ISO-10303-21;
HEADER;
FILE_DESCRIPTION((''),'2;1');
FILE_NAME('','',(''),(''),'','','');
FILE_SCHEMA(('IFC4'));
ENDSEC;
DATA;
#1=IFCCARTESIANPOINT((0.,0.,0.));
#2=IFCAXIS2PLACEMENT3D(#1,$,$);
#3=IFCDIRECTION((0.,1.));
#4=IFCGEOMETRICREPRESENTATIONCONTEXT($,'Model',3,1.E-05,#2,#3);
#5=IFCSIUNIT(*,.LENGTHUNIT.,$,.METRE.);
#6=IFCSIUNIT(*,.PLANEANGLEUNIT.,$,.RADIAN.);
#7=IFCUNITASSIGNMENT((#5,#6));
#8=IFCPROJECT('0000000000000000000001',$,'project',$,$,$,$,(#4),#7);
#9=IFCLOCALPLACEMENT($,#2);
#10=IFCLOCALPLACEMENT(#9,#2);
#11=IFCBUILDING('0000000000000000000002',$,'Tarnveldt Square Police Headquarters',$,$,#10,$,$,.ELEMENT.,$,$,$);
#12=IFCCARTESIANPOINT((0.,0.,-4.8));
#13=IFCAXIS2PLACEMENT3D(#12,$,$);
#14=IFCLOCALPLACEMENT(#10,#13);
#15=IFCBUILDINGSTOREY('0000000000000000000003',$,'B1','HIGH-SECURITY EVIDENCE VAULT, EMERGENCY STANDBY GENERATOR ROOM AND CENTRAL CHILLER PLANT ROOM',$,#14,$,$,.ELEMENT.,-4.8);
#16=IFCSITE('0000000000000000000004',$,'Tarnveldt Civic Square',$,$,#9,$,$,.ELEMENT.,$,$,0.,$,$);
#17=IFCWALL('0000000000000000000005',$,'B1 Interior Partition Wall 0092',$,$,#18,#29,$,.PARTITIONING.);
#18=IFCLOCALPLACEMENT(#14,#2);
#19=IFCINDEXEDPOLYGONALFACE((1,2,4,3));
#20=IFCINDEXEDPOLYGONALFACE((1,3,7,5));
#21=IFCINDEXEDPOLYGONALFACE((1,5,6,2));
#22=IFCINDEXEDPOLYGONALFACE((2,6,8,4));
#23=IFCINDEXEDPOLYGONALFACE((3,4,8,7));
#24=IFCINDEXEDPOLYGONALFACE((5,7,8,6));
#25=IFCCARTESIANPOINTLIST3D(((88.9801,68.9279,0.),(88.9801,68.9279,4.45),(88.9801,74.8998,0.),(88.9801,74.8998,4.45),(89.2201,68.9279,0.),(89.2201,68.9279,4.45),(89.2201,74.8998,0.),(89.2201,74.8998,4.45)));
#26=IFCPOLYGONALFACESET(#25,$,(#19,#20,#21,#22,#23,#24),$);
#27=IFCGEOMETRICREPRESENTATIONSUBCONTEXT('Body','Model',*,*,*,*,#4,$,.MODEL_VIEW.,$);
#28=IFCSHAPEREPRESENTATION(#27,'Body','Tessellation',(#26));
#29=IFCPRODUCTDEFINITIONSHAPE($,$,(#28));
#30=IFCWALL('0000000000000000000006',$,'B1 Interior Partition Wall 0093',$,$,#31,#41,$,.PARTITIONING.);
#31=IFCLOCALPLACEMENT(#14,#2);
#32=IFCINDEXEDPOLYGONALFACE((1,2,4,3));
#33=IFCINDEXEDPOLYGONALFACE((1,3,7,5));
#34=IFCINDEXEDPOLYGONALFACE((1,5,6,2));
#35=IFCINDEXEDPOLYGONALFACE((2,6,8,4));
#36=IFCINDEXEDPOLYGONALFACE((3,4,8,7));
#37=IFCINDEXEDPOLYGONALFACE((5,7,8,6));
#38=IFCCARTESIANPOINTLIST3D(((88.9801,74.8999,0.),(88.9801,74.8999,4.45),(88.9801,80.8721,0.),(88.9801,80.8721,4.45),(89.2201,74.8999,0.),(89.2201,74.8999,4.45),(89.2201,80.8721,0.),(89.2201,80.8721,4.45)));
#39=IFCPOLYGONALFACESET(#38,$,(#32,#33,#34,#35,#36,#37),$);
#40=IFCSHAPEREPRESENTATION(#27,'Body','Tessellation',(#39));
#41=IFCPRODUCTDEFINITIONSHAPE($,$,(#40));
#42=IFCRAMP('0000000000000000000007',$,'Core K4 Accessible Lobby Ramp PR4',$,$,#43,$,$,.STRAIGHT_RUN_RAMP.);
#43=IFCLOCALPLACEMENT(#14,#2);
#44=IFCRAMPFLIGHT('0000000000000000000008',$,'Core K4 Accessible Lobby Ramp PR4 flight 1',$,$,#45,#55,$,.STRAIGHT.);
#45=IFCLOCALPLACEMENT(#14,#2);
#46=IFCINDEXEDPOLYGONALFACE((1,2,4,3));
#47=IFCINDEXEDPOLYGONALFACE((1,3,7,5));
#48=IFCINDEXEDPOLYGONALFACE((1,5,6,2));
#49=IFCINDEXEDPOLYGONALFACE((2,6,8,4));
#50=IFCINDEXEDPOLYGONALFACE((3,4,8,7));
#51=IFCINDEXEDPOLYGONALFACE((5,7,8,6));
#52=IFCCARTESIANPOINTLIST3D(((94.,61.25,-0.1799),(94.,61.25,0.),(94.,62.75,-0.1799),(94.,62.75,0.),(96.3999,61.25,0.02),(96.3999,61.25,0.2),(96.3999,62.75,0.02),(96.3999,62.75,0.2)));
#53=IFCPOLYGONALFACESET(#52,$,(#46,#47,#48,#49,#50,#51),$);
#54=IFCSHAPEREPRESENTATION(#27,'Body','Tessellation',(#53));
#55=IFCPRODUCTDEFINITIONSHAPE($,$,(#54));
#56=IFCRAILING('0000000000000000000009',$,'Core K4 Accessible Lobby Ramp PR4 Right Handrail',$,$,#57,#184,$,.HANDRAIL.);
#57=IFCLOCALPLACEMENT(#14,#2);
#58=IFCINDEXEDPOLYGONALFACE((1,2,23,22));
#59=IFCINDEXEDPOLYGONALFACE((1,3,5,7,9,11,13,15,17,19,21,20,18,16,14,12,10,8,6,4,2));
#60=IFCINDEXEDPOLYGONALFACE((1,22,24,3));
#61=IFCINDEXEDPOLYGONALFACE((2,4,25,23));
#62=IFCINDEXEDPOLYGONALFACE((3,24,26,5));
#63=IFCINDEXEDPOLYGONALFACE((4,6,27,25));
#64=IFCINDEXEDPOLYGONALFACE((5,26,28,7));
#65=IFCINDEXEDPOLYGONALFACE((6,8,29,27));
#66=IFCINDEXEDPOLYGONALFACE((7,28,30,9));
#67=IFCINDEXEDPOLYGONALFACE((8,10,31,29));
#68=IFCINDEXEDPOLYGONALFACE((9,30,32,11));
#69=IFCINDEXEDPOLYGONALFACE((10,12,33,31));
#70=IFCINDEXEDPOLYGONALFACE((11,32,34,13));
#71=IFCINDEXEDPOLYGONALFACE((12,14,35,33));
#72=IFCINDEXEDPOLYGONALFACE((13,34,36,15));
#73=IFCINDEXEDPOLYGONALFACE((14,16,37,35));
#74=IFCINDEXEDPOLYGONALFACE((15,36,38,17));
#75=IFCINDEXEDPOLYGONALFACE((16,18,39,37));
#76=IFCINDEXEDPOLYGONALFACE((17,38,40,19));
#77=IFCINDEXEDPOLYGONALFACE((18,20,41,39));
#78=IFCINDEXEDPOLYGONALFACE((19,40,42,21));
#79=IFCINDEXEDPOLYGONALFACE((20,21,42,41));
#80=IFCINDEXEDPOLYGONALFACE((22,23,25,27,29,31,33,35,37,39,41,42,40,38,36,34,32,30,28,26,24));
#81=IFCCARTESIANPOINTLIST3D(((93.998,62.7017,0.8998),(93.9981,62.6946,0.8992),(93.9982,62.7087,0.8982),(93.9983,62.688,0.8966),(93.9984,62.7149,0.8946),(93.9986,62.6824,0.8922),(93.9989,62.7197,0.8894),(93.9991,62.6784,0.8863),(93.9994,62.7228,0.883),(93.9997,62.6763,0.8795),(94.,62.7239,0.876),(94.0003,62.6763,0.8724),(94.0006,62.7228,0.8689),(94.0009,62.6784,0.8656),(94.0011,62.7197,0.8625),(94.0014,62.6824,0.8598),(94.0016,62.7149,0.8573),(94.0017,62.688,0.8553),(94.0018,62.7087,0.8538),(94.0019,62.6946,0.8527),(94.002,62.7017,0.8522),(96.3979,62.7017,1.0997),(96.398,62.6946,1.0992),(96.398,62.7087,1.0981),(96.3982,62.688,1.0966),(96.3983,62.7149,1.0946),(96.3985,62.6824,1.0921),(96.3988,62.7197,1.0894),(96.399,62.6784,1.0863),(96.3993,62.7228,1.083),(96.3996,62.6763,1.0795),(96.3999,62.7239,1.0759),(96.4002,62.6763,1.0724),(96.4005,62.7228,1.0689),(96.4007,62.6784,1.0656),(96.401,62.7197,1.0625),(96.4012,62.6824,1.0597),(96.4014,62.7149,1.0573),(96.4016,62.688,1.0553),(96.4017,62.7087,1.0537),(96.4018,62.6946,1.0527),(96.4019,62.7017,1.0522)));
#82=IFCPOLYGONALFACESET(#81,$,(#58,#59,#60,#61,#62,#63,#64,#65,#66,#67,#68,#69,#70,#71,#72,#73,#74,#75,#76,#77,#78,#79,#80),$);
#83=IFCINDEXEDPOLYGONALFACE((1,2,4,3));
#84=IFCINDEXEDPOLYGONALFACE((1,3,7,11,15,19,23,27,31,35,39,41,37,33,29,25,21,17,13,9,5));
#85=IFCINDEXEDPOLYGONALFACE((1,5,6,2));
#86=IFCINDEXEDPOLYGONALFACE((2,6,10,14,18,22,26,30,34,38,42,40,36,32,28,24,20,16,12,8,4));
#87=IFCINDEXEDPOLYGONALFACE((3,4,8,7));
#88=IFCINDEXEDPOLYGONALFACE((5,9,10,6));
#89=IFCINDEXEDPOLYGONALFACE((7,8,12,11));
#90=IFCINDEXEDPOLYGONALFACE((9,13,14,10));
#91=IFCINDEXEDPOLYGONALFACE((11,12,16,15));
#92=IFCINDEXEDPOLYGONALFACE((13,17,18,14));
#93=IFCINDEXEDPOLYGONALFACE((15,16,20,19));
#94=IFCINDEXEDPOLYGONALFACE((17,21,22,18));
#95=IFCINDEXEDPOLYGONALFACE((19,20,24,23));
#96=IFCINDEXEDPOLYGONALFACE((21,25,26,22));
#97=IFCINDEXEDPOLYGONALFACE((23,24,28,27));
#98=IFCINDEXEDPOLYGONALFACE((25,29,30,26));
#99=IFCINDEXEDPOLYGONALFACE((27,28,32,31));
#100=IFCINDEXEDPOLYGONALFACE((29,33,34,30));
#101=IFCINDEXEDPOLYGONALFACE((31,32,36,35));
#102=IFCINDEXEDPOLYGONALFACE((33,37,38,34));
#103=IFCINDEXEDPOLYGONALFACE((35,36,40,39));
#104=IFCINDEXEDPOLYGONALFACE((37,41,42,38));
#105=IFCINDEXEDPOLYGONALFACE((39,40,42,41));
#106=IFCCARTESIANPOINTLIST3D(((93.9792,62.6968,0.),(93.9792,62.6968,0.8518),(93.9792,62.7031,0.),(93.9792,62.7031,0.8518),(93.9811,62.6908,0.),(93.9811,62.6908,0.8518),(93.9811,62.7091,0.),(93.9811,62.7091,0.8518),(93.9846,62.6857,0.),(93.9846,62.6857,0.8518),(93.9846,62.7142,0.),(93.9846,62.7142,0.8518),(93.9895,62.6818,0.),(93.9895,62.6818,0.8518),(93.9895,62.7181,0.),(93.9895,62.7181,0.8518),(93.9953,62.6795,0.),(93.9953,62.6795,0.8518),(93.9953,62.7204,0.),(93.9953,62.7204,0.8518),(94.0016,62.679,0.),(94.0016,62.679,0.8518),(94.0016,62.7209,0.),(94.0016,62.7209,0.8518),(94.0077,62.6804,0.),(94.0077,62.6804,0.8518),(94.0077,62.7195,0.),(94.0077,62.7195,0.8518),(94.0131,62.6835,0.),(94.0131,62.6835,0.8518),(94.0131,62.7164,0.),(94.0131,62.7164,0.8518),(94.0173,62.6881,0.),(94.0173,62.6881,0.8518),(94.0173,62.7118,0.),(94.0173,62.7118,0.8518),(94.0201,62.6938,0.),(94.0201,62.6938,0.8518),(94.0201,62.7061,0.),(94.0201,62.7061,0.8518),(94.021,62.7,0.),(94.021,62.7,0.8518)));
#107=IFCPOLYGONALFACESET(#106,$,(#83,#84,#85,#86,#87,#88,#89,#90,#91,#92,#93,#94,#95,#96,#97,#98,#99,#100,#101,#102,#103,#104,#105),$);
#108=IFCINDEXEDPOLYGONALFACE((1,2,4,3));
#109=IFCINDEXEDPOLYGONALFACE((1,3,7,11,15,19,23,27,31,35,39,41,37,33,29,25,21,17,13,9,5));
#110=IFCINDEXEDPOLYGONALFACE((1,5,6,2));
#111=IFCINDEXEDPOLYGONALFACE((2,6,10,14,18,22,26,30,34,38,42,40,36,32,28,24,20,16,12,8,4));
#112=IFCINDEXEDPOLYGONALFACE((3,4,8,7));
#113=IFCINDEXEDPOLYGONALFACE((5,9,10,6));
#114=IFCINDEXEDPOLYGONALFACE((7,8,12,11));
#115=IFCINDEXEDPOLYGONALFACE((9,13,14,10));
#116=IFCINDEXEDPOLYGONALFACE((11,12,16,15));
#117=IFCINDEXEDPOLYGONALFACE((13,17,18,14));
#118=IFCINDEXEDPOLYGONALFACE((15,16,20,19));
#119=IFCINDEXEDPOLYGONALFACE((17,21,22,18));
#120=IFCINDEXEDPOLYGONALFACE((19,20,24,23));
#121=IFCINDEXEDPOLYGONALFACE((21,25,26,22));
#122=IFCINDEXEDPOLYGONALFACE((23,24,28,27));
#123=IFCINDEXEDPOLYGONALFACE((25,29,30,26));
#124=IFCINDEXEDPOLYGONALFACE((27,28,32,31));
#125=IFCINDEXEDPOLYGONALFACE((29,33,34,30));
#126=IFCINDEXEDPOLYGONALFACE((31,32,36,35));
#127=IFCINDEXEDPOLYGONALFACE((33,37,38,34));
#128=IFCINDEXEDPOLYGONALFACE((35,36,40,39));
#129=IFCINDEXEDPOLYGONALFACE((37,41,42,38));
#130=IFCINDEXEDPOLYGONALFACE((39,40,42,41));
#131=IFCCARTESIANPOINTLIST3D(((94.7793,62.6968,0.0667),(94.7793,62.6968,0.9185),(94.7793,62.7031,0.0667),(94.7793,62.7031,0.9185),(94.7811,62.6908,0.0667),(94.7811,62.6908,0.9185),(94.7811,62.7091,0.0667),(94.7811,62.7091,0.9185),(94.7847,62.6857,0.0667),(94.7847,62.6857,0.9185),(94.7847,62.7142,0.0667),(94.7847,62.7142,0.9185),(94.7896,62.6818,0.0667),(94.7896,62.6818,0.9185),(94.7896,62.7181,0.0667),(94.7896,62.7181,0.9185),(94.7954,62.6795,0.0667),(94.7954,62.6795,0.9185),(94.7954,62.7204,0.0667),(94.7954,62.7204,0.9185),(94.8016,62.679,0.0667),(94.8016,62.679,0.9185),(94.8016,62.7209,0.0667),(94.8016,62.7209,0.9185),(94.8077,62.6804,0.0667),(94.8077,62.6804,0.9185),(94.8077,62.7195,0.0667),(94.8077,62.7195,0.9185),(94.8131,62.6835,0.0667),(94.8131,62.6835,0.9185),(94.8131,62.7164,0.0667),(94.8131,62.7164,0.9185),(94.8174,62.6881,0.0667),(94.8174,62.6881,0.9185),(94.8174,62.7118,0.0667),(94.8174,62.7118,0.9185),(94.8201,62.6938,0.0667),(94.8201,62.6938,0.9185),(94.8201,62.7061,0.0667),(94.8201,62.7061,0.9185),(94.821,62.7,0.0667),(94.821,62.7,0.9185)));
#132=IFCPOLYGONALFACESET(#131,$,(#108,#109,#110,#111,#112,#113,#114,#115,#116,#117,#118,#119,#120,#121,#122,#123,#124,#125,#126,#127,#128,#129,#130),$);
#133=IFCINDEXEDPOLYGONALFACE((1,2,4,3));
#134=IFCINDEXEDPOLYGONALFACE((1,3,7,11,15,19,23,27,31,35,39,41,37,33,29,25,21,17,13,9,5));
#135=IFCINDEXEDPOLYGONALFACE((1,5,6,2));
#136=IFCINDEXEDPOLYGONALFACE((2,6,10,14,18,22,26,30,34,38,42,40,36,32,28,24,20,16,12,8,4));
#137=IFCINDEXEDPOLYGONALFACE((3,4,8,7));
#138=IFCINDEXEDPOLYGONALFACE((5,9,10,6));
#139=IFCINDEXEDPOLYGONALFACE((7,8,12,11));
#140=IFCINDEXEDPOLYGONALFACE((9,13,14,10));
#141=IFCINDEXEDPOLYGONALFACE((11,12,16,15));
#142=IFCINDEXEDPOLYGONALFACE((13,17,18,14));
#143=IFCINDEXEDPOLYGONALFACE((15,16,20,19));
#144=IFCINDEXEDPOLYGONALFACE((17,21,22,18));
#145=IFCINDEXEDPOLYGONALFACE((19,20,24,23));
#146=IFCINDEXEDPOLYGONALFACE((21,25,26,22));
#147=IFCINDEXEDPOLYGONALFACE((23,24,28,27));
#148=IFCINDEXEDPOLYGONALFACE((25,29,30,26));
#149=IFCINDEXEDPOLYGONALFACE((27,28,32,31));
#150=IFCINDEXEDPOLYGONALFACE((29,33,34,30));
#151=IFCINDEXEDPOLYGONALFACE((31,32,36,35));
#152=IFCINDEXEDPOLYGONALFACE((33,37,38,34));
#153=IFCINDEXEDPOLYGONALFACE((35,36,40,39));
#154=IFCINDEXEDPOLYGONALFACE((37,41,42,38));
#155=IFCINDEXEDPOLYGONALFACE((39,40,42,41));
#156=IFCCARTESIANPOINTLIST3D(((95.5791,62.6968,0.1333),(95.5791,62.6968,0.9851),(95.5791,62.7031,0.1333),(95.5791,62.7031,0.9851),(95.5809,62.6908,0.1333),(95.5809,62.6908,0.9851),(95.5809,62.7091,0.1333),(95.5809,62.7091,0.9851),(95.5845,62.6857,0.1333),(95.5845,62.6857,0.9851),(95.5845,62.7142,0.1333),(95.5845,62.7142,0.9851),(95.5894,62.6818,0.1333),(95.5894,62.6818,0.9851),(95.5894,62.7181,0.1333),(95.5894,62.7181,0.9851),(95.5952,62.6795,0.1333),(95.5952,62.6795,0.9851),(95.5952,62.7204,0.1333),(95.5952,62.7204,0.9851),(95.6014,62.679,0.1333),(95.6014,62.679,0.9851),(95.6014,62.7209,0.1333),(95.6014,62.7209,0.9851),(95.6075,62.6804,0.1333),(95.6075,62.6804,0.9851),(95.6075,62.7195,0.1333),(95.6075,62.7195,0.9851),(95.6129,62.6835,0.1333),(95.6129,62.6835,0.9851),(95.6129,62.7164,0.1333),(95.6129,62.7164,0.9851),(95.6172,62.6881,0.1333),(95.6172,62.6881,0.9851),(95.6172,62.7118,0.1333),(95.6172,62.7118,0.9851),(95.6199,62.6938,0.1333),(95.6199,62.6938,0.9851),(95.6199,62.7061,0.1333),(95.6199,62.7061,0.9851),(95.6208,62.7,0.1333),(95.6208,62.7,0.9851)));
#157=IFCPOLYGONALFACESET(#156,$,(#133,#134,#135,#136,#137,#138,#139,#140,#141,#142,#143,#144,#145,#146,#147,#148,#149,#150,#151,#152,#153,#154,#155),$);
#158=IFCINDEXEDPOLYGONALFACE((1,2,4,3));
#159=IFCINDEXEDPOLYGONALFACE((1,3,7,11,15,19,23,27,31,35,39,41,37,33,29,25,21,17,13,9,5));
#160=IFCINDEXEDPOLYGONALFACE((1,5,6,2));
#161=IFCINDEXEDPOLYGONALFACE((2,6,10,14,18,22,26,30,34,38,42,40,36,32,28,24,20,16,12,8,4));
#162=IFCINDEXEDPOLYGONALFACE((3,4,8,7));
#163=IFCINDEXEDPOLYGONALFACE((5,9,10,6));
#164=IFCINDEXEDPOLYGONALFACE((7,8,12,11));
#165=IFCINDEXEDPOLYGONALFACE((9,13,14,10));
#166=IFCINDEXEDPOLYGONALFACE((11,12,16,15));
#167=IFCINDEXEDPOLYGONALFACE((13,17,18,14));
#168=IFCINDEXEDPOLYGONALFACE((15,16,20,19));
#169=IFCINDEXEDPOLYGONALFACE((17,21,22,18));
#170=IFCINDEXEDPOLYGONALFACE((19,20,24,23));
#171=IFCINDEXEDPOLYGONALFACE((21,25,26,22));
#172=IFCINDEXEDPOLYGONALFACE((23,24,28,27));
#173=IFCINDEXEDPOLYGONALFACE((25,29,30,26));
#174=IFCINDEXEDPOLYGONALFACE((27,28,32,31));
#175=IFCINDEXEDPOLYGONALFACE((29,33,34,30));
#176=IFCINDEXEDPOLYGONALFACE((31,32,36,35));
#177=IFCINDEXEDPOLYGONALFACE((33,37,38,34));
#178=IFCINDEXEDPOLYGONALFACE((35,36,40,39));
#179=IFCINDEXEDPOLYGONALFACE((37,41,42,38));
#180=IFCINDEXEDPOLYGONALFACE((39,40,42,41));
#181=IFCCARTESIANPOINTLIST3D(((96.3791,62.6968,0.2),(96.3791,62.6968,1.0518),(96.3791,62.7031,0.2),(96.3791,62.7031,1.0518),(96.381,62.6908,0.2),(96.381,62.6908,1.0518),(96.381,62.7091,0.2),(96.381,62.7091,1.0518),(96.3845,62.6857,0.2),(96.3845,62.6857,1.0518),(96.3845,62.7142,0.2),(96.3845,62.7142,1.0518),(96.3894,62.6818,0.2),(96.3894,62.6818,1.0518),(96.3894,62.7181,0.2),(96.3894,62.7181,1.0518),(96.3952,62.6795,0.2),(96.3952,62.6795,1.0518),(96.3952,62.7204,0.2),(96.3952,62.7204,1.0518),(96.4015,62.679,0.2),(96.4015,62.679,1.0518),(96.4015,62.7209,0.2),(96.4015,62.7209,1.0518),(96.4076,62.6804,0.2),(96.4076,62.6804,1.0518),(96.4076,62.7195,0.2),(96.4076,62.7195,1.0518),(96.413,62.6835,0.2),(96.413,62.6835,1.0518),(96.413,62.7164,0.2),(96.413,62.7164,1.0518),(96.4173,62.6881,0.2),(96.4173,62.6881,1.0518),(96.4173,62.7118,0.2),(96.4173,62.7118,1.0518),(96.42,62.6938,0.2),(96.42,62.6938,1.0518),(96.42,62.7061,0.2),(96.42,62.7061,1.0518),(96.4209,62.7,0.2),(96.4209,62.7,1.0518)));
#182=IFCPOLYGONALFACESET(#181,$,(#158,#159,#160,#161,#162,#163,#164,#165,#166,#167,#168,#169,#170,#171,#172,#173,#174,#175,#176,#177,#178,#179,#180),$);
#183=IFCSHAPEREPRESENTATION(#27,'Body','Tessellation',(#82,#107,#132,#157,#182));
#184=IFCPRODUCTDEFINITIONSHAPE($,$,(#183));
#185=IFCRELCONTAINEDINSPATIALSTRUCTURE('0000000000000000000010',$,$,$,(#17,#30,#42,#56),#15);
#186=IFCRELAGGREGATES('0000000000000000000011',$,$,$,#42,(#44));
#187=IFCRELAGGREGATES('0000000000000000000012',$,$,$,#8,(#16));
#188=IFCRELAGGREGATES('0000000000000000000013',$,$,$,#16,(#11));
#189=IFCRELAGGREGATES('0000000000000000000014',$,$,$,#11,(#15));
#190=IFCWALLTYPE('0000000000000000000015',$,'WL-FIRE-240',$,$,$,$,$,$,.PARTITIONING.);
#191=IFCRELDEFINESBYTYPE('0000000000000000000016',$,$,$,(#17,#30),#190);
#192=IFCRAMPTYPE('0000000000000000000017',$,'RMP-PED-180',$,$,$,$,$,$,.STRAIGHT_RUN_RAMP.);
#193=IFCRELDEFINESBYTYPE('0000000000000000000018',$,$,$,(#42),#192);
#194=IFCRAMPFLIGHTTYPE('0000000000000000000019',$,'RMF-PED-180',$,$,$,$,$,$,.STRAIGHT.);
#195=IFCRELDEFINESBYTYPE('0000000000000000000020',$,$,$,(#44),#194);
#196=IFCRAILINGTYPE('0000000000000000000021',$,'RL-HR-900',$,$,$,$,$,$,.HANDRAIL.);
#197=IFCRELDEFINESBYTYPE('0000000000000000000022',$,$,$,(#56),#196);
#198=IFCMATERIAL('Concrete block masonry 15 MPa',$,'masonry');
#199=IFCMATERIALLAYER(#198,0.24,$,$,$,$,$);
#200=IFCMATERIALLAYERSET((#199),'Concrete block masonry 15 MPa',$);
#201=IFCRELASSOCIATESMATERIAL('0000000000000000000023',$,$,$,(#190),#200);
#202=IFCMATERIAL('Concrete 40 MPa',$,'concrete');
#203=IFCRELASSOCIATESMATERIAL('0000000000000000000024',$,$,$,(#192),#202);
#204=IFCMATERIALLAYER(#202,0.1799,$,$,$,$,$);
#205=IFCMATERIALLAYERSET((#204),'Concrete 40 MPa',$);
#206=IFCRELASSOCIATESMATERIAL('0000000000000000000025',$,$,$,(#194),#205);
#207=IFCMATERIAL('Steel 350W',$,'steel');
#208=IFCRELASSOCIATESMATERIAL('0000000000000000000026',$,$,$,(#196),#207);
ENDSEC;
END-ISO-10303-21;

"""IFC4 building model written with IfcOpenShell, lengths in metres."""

from ifc_helpers import new_model, si_unit, direction, frame, frame_2d, origin, origin_2d, place, context, subcontext, project, spatial, polyline, rectangle, circle, outline, extrude, material, layer, layer_set, type_object, element, aggregate, save


model = new_model("IFC4")

# Units and contexts
model_context = context("Model", 3, precision=1e-05, world=origin(), true_north=direction((0.0, 1.0)))
body_context = subcontext(model_context, "Body", "Model", "MODEL_VIEW")
ifc_project = project(units=[si_unit("LENGTHUNIT", "METRE"), si_unit("PLANEANGLEUNIT", "RADIAN")], contexts=[model_context])

# Site, building, storey
site_placement = place(None, origin())
site = spatial("IfcSite", under=ifc_project, at=site_placement, Name="Tarnveldt Civic Square", CompositionType="ELEMENT", RefElevation=0.0)
building_placement = place(site_placement, origin())
building = spatial("IfcBuilding", under=site, at=building_placement, Name="Tarnveldt Square Police Headquarters", CompositionType="ELEMENT")
storey_placement = place(building_placement, frame((0.0, 0.0, -4.8)))
storey = spatial("IfcBuildingStorey", under=building, at=storey_placement, Name="B1", Description="HIGH-SECURITY EVIDENCE VAULT, EMERGENCY STANDBY GENERATOR ROOM AND CENTRAL CHILLER PLANT ROOM", CompositionType="ELEMENT", Elevation=-4.8)

# Shared definitions
ifc_material_1 = material(Name="Concrete 40 MPa", Category="concrete")

# Shared definitions
ifc_material_2 = material(Name="Concrete block masonry 15 MPa", Category="masonry")
ifc_layer_1 = layer(ifc_material_2, 0.24)
ifc_layer_set_1 = layer_set([ifc_layer_1], Name="Concrete block masonry 15 MPa")
wall_type_1 = type_object("IfcWallType", Name="WL-FIRE-240", PredefinedType="PARTITIONING", material=ifc_layer_set_1)

# Walls
wall_1_placement = place(storey_placement, frame((89.1001, 68.928, 0.0), z_axis=(0.0, 0.0, 1.0), x_axis=(0.0, 1.0, 0.0)))
element("IfcWall", 1, at=wall_1_placement, inside=storey, type_object=wall_type_1, Name="B1 Interior Partition Wall 0092", PredefinedType="PARTITIONING", context=body_context, shape_type="SweptSolid", body=[
    extrude(rectangle(XDim=5.9719, YDim=0.24, at=frame_2d((2.9858, 0.0))), origin(), (0.0, 0.0, 1.0), 4.45),
])
wall_2_placement = place(storey_placement, frame((89.1001, 74.8999, 0.0), z_axis=(0.0, 0.0, 1.0), x_axis=(0.0, 1.0, 0.0)))
element("IfcWall", 2, at=wall_2_placement, inside=storey, type_object=wall_type_1, Name="B1 Interior Partition Wall 0093", PredefinedType="PARTITIONING", context=body_context, shape_type="SweptSolid", body=[
    extrude(rectangle(XDim=5.9722, YDim=0.24, at=frame_2d((2.9861, 0.0))), origin(), (0.0, 0.0, 1.0), 4.45),
])

# Ramp, ramp flight
ramp_type = type_object("IfcRampType", Name="RMP-PED-180", PredefinedType="STRAIGHT_RUN_RAMP", material=ifc_material_1)
ramp_placement = place(storey_placement, origin())
ramp = element("IfcRamp", 3, at=ramp_placement, inside=storey, type_object=ramp_type, Name="Core K4 Accessible Lobby Ramp PR4", PredefinedType="STRAIGHT_RUN_RAMP")
ifc_layer_2 = layer(ifc_material_1, 0.1799)
ifc_layer_set_2 = layer_set([ifc_layer_2], Name="Concrete 40 MPa")
ramp_flight_type = type_object("IfcRampFlightType", Name="RMF-PED-180", PredefinedType="STRAIGHT", material=ifc_layer_set_2)
ramp_flight_placement = place(storey_placement, frame((94.0, 62.0, 0.0), z_axis=(0.0, 0.0, 1.0), x_axis=(1.0, 0.0, 0.0)))
ramp_flight = element("IfcRampFlight", 4, at=ramp_flight_placement, type_object=ramp_flight_type, Name="Core K4 Accessible Lobby Ramp PR4 flight 1", PredefinedType="STRAIGHT", context=body_context, shape_type="SweptSolid", body=[
    extrude(outline(polyline([(0.0, -0.1799), (0.0, 0.0), (2.3999, 0.2), (2.3999, 0.02), (0.0, -0.1799)])), frame((0.0, 0.75, 0.0), z_axis=(0.0, -1.0, 0.0), x_axis=(1.0, 0.0, 0.0)), (0.0, 0.0, 1.0), 1.5),
])
aggregate(ramp, [ramp_flight])

# Railing
ifc_material_3 = material(Name="Steel 350W", Category="steel")
railing_type = type_object("IfcRailingType", Name="RL-HR-900", PredefinedType="HANDRAIL", material=ifc_material_3)
railing_placement = place(storey_placement, frame((94.0, 62.7, 0.0)))
element("IfcRailing", 5, at=railing_placement, inside=storey, type_object=railing_type, Name="Core K4 Accessible Lobby Ramp PR4 Right Handrail", PredefinedType="HANDRAIL", context=body_context, shape_type="SweptSolid", body=[
    extrude(circle(Radius=0.0239, at=origin_2d()), frame((0.0, 0.0, 0.876), z_axis=(0.996547, 0.0, 0.083029), x_axis=(0.0, 1.0, 0.0)), (0.0, 0.0, 1.0), 2.4082),
    extrude(circle(Radius=0.021, at=origin_2d()), origin(), (0.0, 0.0, 1.0), 0.8518),
    extrude(circle(Radius=0.021, at=origin_2d()), frame((0.8, 0.0, 0.0667)), (0.0, 0.0, 1.0), 0.8518),
    extrude(circle(Radius=0.021, at=origin_2d()), frame((1.5999, 0.0, 0.1333)), (0.0, 0.0, 1.0), 0.8518),
    extrude(circle(Radius=0.021, at=origin_2d()), frame((2.3999, 0.0, 0.2)), (0.0, 0.0, 1.0), 0.8518),
])

save(model, "model.ifc")
